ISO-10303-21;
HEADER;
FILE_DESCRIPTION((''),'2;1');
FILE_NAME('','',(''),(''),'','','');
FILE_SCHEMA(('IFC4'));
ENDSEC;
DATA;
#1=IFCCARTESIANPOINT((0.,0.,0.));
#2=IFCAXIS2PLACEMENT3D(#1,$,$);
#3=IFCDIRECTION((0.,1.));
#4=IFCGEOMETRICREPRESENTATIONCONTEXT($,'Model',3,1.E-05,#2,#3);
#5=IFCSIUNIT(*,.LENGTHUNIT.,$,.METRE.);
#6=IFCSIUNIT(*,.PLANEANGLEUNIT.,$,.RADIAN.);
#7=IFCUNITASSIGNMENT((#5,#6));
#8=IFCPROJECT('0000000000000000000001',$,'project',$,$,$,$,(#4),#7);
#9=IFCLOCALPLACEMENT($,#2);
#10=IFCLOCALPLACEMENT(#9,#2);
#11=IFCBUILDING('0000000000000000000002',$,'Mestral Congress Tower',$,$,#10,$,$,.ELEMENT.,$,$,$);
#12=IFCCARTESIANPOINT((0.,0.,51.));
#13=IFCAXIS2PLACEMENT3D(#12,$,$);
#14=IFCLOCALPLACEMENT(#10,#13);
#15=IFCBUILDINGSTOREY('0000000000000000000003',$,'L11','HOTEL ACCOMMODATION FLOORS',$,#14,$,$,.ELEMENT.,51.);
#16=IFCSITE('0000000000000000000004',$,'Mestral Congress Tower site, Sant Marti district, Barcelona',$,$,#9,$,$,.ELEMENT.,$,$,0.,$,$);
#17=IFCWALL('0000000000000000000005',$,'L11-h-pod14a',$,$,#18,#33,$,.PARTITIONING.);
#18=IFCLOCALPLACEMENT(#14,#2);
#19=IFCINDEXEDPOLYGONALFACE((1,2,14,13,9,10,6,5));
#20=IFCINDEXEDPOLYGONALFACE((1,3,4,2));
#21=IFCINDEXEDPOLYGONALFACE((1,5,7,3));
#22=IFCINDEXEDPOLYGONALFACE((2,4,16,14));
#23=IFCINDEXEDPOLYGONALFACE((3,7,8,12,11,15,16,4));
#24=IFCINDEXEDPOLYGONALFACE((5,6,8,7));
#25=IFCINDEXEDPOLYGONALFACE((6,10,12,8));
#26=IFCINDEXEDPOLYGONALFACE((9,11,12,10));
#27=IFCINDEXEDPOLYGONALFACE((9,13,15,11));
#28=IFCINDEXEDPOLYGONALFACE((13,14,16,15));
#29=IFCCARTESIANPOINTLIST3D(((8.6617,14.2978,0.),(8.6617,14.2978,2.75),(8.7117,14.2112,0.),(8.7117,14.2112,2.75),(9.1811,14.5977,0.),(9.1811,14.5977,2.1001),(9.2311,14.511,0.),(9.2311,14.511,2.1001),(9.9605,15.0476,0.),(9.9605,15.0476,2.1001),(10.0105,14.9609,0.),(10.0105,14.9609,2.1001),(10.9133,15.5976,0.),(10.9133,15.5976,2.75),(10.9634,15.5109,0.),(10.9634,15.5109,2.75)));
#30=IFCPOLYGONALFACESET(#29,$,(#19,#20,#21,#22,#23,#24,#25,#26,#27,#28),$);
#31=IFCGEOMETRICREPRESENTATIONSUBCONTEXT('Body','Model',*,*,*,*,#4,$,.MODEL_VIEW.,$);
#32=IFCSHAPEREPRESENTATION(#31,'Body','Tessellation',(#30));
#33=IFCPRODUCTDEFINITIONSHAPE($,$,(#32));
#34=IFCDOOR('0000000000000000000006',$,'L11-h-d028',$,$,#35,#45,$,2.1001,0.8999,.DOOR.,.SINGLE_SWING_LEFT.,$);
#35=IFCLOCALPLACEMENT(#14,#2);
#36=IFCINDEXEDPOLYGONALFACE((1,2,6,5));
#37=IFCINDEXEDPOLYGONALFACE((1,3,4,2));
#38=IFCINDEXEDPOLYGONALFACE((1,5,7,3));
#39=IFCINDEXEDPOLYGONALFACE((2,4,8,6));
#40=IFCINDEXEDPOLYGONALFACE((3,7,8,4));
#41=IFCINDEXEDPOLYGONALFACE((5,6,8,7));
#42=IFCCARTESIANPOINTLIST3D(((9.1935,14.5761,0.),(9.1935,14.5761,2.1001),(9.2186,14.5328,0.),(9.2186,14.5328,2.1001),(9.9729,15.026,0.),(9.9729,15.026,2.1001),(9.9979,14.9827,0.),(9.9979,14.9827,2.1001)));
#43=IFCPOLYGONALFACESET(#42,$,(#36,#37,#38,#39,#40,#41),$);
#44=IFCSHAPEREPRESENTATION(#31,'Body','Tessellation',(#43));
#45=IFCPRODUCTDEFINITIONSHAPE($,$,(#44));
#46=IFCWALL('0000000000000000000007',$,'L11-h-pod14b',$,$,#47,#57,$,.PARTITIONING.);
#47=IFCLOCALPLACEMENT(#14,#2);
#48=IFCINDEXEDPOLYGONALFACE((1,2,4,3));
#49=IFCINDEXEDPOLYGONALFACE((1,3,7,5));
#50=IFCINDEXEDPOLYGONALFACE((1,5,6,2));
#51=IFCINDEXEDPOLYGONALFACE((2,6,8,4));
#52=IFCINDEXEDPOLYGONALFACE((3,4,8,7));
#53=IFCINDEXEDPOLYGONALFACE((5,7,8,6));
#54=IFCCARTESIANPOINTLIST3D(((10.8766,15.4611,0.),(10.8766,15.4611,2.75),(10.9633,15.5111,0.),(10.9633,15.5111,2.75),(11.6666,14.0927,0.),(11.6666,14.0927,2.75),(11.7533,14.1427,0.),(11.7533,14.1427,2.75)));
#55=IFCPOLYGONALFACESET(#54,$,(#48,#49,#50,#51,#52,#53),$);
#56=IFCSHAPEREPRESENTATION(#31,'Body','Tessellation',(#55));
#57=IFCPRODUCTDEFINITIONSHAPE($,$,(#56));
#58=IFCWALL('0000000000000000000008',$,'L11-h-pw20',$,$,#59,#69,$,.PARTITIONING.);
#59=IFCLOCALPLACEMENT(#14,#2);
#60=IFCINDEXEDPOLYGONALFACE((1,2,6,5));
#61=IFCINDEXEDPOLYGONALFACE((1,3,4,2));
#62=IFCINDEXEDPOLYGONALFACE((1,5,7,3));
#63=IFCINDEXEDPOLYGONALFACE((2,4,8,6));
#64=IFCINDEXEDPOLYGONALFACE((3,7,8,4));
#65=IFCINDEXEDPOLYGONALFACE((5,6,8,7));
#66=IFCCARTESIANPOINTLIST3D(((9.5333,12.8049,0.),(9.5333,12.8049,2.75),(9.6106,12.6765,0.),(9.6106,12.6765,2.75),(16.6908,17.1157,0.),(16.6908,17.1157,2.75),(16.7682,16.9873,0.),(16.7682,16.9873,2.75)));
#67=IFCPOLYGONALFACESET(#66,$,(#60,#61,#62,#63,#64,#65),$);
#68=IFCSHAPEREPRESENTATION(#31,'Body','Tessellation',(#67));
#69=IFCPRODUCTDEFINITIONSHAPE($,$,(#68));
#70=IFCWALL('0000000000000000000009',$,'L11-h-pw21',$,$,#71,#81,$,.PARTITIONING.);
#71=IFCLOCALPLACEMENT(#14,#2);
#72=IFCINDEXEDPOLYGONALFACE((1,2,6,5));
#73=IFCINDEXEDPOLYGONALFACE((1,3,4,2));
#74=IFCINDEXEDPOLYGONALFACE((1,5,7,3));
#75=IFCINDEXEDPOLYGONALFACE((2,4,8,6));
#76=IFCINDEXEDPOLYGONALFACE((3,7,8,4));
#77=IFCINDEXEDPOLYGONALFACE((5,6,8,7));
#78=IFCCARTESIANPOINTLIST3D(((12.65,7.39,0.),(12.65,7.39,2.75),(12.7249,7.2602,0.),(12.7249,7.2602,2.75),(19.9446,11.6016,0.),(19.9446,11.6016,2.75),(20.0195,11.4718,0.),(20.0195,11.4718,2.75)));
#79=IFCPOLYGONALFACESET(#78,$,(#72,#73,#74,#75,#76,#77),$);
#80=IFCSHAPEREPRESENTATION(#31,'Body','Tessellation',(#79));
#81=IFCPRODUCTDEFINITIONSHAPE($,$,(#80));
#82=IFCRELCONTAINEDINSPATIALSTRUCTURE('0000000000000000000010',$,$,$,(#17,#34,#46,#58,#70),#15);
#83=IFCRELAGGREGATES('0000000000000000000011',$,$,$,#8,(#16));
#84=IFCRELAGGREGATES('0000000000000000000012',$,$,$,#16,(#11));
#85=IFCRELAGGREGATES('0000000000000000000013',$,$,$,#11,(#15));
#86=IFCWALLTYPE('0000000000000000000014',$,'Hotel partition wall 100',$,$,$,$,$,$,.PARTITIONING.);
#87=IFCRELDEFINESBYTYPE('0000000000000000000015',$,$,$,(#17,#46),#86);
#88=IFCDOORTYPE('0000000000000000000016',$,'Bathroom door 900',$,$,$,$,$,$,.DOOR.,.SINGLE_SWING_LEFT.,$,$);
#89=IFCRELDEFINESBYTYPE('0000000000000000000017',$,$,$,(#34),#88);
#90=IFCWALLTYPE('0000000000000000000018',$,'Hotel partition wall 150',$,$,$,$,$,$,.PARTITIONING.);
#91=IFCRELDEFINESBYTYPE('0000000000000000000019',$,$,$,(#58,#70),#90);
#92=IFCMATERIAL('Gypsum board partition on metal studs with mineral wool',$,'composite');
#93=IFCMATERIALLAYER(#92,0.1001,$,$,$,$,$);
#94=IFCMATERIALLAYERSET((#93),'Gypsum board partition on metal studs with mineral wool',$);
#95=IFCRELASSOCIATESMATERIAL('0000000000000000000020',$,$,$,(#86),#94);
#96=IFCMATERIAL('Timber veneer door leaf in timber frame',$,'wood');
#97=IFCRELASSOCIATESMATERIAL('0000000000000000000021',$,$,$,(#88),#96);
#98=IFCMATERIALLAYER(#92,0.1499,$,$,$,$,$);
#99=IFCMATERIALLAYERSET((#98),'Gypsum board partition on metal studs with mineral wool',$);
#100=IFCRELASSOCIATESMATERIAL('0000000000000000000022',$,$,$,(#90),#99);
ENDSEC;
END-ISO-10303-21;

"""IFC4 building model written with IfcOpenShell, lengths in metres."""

from ifc_helpers import new_model, si_unit, direction, frame, frame_2d, origin, place, context, subcontext, project, spatial, rectangle, extrude, material, layer, layer_set, type_object, element, fill, save


model = new_model("IFC4")

# Units and contexts
model_context = context("Model", 3, precision=1e-05, world=origin(), true_north=direction((0.0, 1.0)))
body_context = subcontext(model_context, "Body", "Model", "MODEL_VIEW")
ifc_project = project(units=[si_unit("LENGTHUNIT", "METRE"), si_unit("PLANEANGLEUNIT", "RADIAN")], contexts=[model_context])

# Site, building, storey
site_placement = place(None, origin())
site = spatial("IfcSite", under=ifc_project, at=site_placement, Name="Mestral Congress Tower site, Sant Marti district, Barcelona", CompositionType="ELEMENT", RefElevation=0.0)
building_placement = place(site_placement, origin())
building = spatial("IfcBuilding", under=site, at=building_placement, Name="Mestral Congress Tower", CompositionType="ELEMENT")
storey_placement = place(building_placement, frame((0.0, 0.0, 51.0)))
storey = spatial("IfcBuildingStorey", under=building, at=storey_placement, Name="L11", Description="HOTEL ACCOMMODATION FLOORS", CompositionType="ELEMENT", Elevation=51.0)

# Shared definitions
ifc_material_1 = material(Name="Gypsum board partition on metal studs with mineral wool", Category="composite")
ifc_layer_1 = layer(ifc_material_1, 0.1001)
ifc_layer_set_1 = layer_set([ifc_layer_1], Name="Gypsum board partition on metal studs with mineral wool")
wall_type_1 = type_object("IfcWallType", Name="Hotel partition wall 100", PredefinedType="PARTITIONING", material=ifc_layer_set_1)

# Wall, opening, door
wall_1_placement = place(storey_placement, frame((10.9382, 15.5542, 0.0), z_axis=(0.0, 0.0, 1.0), x_axis=(-0.866062, -0.499937, 0.0)))
wall_1 = element("IfcWall", 1, at=wall_1_placement, inside=storey, type_object=wall_type_1, Name="L11-h-pod14a", PredefinedType="PARTITIONING", context=body_context, shape_type="SweptSolid", body=[
    extrude(rectangle(XDim=2.5999, YDim=0.1001, at=frame_2d((1.2998, 0.0))), origin(), (0.0, 0.0, 1.0), 2.75),
])
opening_1_placement = place(wall_1_placement, frame((1.1001, 0.0, 0.0)))
opening_1 = element("IfcOpeningElement", 2, at=opening_1_placement, cuts=wall_1, PredefinedType="OPENING", context=body_context, shape_type="SweptSolid", body=[
    extrude(rectangle(XDim=0.8999, YDim=2.1001, at=frame_2d((0.45, 1.05))), frame((0.0, 0.0601, 0.0), z_axis=(0.0, -1.0, 0.0), x_axis=(1.0, 0.0, 0.0)), (0.0, 0.0, 1.0), 0.1201),
])
ifc_material_2 = material(Name="Timber veneer door leaf in timber frame", Category="wood")
door_type = type_object("IfcDoorType", Name="Bathroom door 900", OperationType="SINGLE_SWING_LEFT", PredefinedType="DOOR", material=ifc_material_2)
door_placement = place(opening_1_placement, origin())
door = element("IfcDoor", 3, at=door_placement, inside=storey, type_object=door_type, Name="L11-h-d028", OperationType="SINGLE_SWING_LEFT", OverallHeight=2.1001, OverallWidth=0.8999, PredefinedType="DOOR", context=body_context, shape_type="SweptSolid", body=[
    extrude(rectangle(XDim=0.8999, YDim=2.1001, at=frame_2d((0.45, 1.05))), frame((0.0, 0.0249, 0.0), z_axis=(0.0, -1.0, 0.0), x_axis=(1.0, 0.0, 0.0)), (0.0, 0.0, 1.0), 0.05),
])
fill(opening_1, door)

# Walls
wall_2_placement = place(storey_placement, frame((10.9199, 15.4861, 0.0), z_axis=(0.0, 0.0, 1.0), x_axis=(0.499994, -0.866029, 0.0)))
element("IfcWall", 4, at=wall_2_placement, inside=storey, type_object=wall_type_1, Name="L11-h-pod14b", PredefinedType="PARTITIONING", context=body_context, shape_type="SweptSolid", body=[
    extrude(rectangle(XDim=1.5801, YDim=0.1001, at=frame_2d((0.79, 0.0))), origin(), (0.0, 0.0, 1.0), 2.75),
])
ifc_layer_2 = layer(ifc_material_1, 0.1499)
ifc_layer_set_2 = layer_set([ifc_layer_2], Name="Gypsum board partition on metal studs with mineral wool")
wall_type_2 = type_object("IfcWallType", Name="Hotel partition wall 150", PredefinedType="PARTITIONING", material=ifc_layer_set_2)
wall_3_placement = place(storey_placement, frame((16.7295, 17.0515, 0.0), z_axis=(0.0, 0.0, 1.0), x_axis=(-0.856631, -0.51593, 0.0)))
element("IfcWall", 5, at=wall_3_placement, inside=storey, type_object=wall_type_2, Name="L11-h-pw20", PredefinedType="PARTITIONING", context=body_context, shape_type="SweptSolid", body=[
    extrude(rectangle(XDim=8.3555, YDim=0.1499, at=frame_2d((4.1777, 0.0))), origin(), (0.0, 0.0, 1.0), 2.75),
])
wall_4_placement = place(storey_placement, frame((19.9819, 11.5366, 0.0), z_axis=(0.0, 0.0, 1.0), x_axis=(-0.866021, -0.500008, 0.0)))
element("IfcWall", 6, at=wall_4_placement, inside=storey, type_object=wall_type_2, Name="L11-h-pw21", PredefinedType="PARTITIONING", context=body_context, shape_type="SweptSolid", body=[
    extrude(rectangle(XDim=8.4231, YDim=0.1499, at=frame_2d((4.2114, 0.0))), origin(), (0.0, 0.0, 1.0), 2.75),
])

save(model, "model.ifc")
